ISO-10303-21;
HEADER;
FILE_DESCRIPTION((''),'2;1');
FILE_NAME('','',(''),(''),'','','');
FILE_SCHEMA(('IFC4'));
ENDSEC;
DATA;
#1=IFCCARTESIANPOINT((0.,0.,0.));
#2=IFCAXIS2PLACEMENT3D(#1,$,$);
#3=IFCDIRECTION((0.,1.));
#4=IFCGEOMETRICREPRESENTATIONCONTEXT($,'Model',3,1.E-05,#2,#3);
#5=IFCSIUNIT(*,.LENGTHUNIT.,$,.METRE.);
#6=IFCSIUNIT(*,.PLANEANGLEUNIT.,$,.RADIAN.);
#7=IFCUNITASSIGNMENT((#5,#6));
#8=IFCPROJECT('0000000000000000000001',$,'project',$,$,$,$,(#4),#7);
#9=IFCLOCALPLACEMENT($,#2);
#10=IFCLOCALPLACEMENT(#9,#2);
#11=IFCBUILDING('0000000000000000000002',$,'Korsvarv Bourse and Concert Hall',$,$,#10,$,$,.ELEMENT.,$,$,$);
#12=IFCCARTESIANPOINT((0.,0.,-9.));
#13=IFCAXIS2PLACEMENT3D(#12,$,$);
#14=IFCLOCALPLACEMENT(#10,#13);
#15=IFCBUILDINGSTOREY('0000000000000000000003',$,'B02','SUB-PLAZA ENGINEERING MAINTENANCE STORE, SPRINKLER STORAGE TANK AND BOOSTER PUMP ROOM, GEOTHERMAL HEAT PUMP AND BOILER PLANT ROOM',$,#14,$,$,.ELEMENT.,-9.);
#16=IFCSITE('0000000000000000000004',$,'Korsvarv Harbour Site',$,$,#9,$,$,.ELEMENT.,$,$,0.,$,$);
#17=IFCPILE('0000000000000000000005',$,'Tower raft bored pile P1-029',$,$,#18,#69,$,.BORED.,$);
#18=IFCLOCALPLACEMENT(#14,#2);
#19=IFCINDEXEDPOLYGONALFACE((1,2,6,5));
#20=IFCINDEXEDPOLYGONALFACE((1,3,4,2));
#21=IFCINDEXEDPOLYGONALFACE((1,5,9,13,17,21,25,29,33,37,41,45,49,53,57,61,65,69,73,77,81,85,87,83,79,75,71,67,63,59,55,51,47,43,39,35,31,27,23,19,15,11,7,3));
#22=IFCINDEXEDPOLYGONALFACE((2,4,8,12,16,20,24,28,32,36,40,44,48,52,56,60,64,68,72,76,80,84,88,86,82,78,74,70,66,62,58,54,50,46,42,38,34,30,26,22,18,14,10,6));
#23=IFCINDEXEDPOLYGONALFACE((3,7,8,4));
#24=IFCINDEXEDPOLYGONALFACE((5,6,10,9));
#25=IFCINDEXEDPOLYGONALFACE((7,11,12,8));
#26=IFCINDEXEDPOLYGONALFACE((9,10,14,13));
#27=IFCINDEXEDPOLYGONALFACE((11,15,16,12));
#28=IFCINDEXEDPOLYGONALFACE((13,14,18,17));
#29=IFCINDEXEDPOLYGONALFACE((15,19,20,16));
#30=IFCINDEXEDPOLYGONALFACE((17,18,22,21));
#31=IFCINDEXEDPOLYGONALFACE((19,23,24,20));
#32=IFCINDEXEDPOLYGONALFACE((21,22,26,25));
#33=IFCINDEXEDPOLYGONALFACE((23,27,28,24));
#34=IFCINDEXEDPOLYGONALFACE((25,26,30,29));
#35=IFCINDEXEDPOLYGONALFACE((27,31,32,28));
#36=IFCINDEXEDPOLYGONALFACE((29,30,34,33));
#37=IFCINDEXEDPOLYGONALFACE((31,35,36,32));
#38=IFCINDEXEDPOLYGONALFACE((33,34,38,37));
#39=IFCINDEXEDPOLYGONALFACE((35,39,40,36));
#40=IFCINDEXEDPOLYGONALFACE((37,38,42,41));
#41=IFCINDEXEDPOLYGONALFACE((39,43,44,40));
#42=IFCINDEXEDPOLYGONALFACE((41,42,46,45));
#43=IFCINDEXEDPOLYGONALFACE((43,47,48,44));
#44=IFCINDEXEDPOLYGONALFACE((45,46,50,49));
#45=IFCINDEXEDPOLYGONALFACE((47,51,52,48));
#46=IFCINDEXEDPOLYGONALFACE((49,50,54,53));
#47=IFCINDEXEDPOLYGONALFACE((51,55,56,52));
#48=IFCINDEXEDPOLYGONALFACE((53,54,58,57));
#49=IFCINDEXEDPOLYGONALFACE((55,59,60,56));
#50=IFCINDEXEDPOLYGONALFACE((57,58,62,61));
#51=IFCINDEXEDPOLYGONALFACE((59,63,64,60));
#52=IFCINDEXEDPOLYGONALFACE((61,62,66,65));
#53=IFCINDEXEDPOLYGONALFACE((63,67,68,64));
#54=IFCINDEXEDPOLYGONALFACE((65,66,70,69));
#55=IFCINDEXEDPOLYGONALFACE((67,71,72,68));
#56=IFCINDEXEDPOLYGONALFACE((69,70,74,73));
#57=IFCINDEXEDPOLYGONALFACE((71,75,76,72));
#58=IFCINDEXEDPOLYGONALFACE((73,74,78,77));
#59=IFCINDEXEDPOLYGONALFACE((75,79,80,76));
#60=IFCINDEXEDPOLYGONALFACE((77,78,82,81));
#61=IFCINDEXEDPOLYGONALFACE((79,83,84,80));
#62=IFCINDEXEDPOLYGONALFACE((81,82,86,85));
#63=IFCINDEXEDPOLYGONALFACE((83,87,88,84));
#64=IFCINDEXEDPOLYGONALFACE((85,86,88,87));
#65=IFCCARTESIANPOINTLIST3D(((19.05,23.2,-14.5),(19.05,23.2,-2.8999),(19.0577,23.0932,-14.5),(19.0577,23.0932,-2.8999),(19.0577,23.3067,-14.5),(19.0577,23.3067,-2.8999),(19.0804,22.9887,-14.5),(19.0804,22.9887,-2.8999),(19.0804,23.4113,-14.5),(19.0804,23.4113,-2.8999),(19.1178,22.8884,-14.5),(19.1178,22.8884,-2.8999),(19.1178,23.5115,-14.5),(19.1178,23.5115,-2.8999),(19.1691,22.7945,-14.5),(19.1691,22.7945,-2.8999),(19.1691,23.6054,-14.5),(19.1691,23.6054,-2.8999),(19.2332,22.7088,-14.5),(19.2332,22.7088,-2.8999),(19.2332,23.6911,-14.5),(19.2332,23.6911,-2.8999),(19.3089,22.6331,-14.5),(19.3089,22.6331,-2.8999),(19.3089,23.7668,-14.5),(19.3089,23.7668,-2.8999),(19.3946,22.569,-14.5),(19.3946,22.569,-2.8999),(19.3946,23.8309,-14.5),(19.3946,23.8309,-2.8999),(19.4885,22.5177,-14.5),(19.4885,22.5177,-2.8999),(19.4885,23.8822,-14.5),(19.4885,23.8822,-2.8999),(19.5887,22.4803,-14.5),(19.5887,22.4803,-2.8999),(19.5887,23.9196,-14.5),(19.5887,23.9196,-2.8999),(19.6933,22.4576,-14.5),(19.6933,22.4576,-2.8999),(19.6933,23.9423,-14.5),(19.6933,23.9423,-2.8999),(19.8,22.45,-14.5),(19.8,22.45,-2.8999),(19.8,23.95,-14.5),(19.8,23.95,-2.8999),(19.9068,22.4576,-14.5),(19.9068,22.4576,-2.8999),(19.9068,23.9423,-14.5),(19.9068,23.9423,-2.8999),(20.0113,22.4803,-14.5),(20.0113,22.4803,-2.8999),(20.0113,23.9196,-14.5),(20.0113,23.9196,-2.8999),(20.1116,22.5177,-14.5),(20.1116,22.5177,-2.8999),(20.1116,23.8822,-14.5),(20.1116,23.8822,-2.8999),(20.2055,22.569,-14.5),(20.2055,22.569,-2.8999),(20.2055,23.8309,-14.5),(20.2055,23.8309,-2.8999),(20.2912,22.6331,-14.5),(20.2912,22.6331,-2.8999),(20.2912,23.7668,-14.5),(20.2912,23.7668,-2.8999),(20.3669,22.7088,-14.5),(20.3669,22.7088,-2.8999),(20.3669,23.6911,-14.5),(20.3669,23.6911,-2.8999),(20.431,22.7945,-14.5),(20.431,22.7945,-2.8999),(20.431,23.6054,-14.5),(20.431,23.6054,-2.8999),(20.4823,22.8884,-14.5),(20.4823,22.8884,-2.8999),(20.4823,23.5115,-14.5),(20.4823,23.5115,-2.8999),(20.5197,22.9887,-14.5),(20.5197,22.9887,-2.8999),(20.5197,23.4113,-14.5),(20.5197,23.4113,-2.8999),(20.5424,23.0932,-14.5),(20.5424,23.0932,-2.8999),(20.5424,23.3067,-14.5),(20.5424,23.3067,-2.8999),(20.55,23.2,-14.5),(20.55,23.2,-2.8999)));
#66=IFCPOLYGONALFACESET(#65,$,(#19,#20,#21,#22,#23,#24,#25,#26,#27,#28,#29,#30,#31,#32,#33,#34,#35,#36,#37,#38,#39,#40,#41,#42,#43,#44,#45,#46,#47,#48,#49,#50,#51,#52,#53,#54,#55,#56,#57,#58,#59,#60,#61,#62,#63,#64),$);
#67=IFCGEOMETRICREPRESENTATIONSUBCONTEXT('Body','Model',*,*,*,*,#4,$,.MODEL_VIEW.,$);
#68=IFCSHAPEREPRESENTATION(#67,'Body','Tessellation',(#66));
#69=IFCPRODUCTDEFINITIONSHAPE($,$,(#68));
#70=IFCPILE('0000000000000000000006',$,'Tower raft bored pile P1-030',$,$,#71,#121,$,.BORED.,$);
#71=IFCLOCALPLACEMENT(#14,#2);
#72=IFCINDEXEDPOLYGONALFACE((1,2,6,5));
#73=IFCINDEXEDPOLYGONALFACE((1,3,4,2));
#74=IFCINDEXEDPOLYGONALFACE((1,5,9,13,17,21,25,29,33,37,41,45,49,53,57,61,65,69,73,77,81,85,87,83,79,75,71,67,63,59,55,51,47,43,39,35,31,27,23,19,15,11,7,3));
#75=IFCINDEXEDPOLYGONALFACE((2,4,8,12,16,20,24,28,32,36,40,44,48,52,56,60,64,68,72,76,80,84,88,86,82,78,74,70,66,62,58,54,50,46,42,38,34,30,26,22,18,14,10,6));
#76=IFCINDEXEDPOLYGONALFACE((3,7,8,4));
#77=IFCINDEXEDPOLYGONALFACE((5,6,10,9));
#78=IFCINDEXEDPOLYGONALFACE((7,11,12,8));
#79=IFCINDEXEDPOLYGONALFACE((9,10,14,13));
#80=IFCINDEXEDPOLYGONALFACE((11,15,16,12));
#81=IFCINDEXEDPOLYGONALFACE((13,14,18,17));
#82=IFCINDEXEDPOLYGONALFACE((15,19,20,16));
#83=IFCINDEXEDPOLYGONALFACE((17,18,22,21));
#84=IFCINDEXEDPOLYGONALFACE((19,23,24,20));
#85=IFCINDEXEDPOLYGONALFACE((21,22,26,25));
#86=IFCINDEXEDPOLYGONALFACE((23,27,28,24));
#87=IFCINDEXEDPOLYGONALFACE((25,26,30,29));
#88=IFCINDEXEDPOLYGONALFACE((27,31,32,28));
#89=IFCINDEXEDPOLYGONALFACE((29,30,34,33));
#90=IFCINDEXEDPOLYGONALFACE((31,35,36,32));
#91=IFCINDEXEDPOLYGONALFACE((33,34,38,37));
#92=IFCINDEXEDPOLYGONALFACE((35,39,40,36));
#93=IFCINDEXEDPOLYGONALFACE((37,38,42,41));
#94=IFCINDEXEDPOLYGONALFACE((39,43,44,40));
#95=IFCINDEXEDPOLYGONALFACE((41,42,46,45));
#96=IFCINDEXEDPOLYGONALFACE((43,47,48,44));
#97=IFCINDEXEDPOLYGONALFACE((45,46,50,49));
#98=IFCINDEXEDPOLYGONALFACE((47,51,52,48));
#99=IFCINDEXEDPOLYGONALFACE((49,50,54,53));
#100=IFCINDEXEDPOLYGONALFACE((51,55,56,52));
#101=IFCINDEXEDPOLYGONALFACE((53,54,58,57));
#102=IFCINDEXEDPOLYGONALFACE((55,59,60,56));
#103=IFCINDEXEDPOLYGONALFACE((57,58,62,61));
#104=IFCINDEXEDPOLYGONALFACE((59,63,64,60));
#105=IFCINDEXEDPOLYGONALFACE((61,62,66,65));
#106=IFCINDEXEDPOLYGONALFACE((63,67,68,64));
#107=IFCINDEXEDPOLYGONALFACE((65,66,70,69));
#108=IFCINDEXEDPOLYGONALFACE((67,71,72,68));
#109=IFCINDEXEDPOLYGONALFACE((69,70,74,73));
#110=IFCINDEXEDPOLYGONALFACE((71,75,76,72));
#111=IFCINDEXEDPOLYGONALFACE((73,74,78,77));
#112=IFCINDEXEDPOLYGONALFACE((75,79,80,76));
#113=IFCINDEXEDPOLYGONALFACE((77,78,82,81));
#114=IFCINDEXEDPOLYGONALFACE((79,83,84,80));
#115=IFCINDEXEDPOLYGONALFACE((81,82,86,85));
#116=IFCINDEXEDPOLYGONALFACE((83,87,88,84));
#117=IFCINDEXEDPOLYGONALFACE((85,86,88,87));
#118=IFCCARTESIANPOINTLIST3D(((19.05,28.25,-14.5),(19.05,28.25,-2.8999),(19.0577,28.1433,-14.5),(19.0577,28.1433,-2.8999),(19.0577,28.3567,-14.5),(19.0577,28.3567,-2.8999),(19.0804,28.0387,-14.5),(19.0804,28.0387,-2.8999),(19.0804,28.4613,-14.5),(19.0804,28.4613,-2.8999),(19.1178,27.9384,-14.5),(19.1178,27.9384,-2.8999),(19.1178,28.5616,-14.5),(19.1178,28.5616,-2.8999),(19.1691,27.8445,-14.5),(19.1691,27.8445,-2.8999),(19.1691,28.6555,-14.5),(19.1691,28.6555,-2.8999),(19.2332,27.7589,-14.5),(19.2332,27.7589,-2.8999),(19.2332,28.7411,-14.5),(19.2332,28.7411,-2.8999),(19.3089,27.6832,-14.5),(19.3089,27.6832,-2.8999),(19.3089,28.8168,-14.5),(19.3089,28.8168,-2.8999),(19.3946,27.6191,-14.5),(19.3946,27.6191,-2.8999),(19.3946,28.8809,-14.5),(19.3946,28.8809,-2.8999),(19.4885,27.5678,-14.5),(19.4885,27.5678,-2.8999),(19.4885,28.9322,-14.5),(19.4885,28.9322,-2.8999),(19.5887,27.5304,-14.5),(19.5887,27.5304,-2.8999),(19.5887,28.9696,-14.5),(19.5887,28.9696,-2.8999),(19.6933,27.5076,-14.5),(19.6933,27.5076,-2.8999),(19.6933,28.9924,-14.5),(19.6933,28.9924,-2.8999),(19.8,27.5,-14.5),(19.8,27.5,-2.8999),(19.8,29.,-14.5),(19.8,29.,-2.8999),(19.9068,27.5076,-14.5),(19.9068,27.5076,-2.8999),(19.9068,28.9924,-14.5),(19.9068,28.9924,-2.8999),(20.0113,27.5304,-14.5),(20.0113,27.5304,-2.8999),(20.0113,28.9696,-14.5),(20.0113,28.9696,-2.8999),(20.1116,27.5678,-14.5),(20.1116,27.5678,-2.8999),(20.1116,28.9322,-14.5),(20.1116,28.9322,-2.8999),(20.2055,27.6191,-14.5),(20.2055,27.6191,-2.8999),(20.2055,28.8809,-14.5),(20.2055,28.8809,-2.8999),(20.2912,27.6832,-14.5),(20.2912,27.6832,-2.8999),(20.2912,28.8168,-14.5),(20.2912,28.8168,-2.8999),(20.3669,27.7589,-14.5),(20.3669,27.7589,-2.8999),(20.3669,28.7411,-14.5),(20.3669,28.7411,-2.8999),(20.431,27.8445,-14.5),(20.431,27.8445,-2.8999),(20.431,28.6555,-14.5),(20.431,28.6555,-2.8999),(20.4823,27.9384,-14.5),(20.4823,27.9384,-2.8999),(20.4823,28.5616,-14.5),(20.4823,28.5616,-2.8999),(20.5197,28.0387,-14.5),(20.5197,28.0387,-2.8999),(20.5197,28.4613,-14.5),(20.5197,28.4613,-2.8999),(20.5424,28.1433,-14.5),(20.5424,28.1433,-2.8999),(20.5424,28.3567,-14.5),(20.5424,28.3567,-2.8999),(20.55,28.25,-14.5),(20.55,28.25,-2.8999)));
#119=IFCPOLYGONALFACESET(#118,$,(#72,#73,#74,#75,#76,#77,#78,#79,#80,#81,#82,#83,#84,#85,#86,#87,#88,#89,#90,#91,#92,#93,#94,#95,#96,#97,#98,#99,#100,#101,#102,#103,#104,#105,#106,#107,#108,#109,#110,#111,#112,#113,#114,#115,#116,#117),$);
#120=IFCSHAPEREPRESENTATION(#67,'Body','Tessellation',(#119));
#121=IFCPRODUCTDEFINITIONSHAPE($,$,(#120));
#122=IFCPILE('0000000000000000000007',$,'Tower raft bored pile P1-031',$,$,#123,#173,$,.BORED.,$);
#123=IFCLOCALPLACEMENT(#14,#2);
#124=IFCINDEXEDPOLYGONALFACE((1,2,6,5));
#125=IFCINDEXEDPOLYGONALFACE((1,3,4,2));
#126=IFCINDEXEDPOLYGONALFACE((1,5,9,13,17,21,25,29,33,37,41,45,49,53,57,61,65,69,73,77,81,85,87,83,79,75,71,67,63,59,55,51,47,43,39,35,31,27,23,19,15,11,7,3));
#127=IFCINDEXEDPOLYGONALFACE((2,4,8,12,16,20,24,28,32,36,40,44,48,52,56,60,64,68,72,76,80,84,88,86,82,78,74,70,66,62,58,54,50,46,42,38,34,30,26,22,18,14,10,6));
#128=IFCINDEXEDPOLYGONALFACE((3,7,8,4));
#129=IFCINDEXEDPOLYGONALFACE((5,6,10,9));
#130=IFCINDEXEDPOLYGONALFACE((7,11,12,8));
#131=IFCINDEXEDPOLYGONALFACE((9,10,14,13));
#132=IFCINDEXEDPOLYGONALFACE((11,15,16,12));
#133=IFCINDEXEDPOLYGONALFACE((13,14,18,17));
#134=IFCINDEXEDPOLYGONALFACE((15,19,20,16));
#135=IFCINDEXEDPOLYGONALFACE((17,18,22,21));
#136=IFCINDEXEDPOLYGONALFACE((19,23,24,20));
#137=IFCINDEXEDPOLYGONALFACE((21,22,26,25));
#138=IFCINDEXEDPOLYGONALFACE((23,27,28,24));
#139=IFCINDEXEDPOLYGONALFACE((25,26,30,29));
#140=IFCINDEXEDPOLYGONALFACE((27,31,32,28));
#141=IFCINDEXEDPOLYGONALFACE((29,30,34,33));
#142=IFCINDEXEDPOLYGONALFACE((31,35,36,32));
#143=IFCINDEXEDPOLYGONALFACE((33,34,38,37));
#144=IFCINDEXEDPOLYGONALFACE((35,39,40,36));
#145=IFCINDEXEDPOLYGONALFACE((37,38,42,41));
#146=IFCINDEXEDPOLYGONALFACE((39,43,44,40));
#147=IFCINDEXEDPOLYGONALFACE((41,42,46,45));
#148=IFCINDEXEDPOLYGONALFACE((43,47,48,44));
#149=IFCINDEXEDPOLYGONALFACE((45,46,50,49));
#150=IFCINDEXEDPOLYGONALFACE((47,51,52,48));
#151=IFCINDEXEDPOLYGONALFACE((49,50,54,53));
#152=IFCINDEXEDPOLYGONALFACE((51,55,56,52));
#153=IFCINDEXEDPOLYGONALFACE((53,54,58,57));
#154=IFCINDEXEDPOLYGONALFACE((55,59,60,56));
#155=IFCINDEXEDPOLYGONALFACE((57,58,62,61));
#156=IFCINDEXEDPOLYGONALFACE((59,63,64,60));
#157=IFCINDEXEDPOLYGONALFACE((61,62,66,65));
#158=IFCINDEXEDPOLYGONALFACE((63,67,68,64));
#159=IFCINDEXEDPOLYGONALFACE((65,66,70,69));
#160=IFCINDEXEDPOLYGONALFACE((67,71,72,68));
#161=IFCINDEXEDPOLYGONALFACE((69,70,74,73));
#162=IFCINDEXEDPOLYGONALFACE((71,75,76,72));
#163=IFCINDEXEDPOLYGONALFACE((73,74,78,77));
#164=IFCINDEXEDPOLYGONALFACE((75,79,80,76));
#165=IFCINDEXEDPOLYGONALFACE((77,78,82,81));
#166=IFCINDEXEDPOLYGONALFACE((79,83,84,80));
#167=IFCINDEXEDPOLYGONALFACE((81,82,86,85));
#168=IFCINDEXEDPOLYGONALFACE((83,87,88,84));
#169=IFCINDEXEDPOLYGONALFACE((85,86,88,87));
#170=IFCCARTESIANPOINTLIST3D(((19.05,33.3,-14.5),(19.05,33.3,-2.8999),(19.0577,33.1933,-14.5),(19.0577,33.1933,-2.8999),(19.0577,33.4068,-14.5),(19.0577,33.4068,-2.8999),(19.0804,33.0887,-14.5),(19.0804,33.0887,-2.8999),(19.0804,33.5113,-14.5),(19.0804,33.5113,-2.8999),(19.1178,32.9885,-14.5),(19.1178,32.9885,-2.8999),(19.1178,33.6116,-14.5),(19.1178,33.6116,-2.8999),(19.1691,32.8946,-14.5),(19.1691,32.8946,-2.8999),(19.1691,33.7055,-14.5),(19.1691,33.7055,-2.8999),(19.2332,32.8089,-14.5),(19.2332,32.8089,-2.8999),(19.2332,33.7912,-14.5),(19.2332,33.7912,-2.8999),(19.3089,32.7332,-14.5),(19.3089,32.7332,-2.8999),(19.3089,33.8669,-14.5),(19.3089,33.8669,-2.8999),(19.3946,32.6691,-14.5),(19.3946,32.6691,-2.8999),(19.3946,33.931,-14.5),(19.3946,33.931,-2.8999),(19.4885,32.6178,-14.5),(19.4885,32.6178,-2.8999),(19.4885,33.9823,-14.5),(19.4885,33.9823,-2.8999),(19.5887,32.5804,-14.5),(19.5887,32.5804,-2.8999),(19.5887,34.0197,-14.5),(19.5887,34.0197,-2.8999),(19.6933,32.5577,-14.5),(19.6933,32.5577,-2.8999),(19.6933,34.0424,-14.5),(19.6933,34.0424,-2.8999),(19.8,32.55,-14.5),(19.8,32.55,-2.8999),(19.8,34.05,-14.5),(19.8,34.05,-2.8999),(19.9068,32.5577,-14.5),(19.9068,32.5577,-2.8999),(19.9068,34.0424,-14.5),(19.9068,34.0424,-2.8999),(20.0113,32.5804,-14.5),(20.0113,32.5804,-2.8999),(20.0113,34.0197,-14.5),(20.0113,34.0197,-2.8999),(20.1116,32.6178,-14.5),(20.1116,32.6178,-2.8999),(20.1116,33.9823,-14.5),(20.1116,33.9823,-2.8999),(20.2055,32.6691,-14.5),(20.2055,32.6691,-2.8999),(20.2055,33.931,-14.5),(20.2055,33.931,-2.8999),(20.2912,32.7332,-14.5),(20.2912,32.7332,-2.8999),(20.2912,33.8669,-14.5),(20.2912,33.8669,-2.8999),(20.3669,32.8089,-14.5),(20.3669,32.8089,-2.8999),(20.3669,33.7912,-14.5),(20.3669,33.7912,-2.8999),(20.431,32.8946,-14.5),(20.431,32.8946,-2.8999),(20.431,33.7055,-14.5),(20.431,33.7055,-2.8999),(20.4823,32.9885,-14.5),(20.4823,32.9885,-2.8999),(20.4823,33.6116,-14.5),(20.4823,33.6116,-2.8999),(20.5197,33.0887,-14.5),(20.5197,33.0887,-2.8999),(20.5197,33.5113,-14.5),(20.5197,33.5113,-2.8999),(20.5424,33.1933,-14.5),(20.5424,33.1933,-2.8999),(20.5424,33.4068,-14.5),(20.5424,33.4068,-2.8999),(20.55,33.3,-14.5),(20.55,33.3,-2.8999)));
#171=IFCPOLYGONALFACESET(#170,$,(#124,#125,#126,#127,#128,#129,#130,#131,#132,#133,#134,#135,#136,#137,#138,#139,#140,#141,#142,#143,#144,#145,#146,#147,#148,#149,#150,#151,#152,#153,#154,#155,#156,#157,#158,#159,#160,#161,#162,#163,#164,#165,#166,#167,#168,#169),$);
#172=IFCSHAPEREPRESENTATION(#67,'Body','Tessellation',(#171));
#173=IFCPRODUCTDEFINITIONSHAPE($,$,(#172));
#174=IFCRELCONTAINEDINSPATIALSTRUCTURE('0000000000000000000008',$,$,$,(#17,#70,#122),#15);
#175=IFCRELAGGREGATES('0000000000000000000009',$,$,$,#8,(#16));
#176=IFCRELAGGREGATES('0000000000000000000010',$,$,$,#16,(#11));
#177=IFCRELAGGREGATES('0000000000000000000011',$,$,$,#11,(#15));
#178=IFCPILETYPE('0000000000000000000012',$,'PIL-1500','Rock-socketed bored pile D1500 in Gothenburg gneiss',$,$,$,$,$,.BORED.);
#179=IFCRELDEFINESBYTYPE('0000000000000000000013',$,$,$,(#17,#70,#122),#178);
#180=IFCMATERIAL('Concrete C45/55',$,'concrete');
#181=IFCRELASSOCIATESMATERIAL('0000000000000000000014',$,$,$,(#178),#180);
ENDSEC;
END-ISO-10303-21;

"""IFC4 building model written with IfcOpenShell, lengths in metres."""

from ifc_helpers import new_model, si_unit, direction, frame, origin, origin_2d, place, context, subcontext, project, spatial, circle, extrude, source, transform, mapped, material, material_profile, profile_set, type_object, element, save


model = new_model("IFC4")

# Units and contexts
model_context = context("Model", 3, precision=1e-05, world=origin(), true_north=direction((0.0, 1.0)))
body_context = subcontext(model_context, "Body", "Model", "MODEL_VIEW")
ifc_project = project(units=[si_unit("LENGTHUNIT", "METRE"), si_unit("PLANEANGLEUNIT", "RADIAN")], contexts=[model_context])

# Site, building, storey
site_placement = place(None, origin())
site = spatial("IfcSite", under=ifc_project, at=site_placement, Name="Korsvarv Harbour Site", CompositionType="ELEMENT", RefElevation=0.0)
building_placement = place(site_placement, origin())
building = spatial("IfcBuilding", under=site, at=building_placement, Name="Korsvarv Bourse and Concert Hall", CompositionType="ELEMENT")
storey_placement = place(building_placement, frame((0.0, 0.0, -9.0)))
storey = spatial("IfcBuildingStorey", under=building, at=storey_placement, Name="B02", Description="SUB-PLAZA ENGINEERING MAINTENANCE STORE, SPRINKLER STORAGE TANK AND BOOSTER PUMP ROOM, GEOTHERMAL HEAT PUMP AND BOILER PLANT ROOM", CompositionType="ELEMENT", Elevation=-9.0)

# Piles
ifc_material_1 = material(Name="Concrete C45/55", Category="concrete")
ifc_material_profile_1 = material_profile(ifc_material_1, circle(Radius=0.75, at=origin_2d()), Name="PILE D1500")
ifc_profile_set_1 = profile_set([ifc_material_profile_1], Name="Concrete C45/55")
pile_type = type_object("IfcPileType", Name="PIL-1500", Description="Rock-socketed bored pile D1500 in Gothenburg gneiss", PredefinedType="BORED", material=ifc_profile_set_1)
shared_shape_1 = source(origin(), body_context, "Body", "SweptSolid", [
    extrude(circle(Radius=0.75, at=origin_2d()), origin(), (0.0, 0.0, 1.0), 11.6001),
])
for number, where, z_axis, x_axis, name in (
    (1, (19.8, 23.2, -2.8999), (0.0, 0.0, -1.0), (1.0, 0.0, 0.0), "Tower raft bored pile P1-029"),
    (2, (19.8, 28.25, -2.8999), (0.0, 0.0, -1.0), (1.0, 0.0, 0.0), "Tower raft bored pile P1-030"),
    (3, (19.8, 33.3, -2.8999), (0.0, 0.0, -1.0), (1.0, 0.0, 0.0), "Tower raft bored pile P1-031"),
):
    element("IfcPile", number, at=place(storey_placement, frame(where, z_axis=z_axis, x_axis=x_axis)), inside=storey, type_object=pile_type, Name=name, PredefinedType="BORED", context=body_context, shape_type="MappedRepresentation", body=[
        mapped(shared_shape_1, transform((0.0, 0.0, 0.0), scale=1.0)),
    ])

save(model, "model.ifc")
